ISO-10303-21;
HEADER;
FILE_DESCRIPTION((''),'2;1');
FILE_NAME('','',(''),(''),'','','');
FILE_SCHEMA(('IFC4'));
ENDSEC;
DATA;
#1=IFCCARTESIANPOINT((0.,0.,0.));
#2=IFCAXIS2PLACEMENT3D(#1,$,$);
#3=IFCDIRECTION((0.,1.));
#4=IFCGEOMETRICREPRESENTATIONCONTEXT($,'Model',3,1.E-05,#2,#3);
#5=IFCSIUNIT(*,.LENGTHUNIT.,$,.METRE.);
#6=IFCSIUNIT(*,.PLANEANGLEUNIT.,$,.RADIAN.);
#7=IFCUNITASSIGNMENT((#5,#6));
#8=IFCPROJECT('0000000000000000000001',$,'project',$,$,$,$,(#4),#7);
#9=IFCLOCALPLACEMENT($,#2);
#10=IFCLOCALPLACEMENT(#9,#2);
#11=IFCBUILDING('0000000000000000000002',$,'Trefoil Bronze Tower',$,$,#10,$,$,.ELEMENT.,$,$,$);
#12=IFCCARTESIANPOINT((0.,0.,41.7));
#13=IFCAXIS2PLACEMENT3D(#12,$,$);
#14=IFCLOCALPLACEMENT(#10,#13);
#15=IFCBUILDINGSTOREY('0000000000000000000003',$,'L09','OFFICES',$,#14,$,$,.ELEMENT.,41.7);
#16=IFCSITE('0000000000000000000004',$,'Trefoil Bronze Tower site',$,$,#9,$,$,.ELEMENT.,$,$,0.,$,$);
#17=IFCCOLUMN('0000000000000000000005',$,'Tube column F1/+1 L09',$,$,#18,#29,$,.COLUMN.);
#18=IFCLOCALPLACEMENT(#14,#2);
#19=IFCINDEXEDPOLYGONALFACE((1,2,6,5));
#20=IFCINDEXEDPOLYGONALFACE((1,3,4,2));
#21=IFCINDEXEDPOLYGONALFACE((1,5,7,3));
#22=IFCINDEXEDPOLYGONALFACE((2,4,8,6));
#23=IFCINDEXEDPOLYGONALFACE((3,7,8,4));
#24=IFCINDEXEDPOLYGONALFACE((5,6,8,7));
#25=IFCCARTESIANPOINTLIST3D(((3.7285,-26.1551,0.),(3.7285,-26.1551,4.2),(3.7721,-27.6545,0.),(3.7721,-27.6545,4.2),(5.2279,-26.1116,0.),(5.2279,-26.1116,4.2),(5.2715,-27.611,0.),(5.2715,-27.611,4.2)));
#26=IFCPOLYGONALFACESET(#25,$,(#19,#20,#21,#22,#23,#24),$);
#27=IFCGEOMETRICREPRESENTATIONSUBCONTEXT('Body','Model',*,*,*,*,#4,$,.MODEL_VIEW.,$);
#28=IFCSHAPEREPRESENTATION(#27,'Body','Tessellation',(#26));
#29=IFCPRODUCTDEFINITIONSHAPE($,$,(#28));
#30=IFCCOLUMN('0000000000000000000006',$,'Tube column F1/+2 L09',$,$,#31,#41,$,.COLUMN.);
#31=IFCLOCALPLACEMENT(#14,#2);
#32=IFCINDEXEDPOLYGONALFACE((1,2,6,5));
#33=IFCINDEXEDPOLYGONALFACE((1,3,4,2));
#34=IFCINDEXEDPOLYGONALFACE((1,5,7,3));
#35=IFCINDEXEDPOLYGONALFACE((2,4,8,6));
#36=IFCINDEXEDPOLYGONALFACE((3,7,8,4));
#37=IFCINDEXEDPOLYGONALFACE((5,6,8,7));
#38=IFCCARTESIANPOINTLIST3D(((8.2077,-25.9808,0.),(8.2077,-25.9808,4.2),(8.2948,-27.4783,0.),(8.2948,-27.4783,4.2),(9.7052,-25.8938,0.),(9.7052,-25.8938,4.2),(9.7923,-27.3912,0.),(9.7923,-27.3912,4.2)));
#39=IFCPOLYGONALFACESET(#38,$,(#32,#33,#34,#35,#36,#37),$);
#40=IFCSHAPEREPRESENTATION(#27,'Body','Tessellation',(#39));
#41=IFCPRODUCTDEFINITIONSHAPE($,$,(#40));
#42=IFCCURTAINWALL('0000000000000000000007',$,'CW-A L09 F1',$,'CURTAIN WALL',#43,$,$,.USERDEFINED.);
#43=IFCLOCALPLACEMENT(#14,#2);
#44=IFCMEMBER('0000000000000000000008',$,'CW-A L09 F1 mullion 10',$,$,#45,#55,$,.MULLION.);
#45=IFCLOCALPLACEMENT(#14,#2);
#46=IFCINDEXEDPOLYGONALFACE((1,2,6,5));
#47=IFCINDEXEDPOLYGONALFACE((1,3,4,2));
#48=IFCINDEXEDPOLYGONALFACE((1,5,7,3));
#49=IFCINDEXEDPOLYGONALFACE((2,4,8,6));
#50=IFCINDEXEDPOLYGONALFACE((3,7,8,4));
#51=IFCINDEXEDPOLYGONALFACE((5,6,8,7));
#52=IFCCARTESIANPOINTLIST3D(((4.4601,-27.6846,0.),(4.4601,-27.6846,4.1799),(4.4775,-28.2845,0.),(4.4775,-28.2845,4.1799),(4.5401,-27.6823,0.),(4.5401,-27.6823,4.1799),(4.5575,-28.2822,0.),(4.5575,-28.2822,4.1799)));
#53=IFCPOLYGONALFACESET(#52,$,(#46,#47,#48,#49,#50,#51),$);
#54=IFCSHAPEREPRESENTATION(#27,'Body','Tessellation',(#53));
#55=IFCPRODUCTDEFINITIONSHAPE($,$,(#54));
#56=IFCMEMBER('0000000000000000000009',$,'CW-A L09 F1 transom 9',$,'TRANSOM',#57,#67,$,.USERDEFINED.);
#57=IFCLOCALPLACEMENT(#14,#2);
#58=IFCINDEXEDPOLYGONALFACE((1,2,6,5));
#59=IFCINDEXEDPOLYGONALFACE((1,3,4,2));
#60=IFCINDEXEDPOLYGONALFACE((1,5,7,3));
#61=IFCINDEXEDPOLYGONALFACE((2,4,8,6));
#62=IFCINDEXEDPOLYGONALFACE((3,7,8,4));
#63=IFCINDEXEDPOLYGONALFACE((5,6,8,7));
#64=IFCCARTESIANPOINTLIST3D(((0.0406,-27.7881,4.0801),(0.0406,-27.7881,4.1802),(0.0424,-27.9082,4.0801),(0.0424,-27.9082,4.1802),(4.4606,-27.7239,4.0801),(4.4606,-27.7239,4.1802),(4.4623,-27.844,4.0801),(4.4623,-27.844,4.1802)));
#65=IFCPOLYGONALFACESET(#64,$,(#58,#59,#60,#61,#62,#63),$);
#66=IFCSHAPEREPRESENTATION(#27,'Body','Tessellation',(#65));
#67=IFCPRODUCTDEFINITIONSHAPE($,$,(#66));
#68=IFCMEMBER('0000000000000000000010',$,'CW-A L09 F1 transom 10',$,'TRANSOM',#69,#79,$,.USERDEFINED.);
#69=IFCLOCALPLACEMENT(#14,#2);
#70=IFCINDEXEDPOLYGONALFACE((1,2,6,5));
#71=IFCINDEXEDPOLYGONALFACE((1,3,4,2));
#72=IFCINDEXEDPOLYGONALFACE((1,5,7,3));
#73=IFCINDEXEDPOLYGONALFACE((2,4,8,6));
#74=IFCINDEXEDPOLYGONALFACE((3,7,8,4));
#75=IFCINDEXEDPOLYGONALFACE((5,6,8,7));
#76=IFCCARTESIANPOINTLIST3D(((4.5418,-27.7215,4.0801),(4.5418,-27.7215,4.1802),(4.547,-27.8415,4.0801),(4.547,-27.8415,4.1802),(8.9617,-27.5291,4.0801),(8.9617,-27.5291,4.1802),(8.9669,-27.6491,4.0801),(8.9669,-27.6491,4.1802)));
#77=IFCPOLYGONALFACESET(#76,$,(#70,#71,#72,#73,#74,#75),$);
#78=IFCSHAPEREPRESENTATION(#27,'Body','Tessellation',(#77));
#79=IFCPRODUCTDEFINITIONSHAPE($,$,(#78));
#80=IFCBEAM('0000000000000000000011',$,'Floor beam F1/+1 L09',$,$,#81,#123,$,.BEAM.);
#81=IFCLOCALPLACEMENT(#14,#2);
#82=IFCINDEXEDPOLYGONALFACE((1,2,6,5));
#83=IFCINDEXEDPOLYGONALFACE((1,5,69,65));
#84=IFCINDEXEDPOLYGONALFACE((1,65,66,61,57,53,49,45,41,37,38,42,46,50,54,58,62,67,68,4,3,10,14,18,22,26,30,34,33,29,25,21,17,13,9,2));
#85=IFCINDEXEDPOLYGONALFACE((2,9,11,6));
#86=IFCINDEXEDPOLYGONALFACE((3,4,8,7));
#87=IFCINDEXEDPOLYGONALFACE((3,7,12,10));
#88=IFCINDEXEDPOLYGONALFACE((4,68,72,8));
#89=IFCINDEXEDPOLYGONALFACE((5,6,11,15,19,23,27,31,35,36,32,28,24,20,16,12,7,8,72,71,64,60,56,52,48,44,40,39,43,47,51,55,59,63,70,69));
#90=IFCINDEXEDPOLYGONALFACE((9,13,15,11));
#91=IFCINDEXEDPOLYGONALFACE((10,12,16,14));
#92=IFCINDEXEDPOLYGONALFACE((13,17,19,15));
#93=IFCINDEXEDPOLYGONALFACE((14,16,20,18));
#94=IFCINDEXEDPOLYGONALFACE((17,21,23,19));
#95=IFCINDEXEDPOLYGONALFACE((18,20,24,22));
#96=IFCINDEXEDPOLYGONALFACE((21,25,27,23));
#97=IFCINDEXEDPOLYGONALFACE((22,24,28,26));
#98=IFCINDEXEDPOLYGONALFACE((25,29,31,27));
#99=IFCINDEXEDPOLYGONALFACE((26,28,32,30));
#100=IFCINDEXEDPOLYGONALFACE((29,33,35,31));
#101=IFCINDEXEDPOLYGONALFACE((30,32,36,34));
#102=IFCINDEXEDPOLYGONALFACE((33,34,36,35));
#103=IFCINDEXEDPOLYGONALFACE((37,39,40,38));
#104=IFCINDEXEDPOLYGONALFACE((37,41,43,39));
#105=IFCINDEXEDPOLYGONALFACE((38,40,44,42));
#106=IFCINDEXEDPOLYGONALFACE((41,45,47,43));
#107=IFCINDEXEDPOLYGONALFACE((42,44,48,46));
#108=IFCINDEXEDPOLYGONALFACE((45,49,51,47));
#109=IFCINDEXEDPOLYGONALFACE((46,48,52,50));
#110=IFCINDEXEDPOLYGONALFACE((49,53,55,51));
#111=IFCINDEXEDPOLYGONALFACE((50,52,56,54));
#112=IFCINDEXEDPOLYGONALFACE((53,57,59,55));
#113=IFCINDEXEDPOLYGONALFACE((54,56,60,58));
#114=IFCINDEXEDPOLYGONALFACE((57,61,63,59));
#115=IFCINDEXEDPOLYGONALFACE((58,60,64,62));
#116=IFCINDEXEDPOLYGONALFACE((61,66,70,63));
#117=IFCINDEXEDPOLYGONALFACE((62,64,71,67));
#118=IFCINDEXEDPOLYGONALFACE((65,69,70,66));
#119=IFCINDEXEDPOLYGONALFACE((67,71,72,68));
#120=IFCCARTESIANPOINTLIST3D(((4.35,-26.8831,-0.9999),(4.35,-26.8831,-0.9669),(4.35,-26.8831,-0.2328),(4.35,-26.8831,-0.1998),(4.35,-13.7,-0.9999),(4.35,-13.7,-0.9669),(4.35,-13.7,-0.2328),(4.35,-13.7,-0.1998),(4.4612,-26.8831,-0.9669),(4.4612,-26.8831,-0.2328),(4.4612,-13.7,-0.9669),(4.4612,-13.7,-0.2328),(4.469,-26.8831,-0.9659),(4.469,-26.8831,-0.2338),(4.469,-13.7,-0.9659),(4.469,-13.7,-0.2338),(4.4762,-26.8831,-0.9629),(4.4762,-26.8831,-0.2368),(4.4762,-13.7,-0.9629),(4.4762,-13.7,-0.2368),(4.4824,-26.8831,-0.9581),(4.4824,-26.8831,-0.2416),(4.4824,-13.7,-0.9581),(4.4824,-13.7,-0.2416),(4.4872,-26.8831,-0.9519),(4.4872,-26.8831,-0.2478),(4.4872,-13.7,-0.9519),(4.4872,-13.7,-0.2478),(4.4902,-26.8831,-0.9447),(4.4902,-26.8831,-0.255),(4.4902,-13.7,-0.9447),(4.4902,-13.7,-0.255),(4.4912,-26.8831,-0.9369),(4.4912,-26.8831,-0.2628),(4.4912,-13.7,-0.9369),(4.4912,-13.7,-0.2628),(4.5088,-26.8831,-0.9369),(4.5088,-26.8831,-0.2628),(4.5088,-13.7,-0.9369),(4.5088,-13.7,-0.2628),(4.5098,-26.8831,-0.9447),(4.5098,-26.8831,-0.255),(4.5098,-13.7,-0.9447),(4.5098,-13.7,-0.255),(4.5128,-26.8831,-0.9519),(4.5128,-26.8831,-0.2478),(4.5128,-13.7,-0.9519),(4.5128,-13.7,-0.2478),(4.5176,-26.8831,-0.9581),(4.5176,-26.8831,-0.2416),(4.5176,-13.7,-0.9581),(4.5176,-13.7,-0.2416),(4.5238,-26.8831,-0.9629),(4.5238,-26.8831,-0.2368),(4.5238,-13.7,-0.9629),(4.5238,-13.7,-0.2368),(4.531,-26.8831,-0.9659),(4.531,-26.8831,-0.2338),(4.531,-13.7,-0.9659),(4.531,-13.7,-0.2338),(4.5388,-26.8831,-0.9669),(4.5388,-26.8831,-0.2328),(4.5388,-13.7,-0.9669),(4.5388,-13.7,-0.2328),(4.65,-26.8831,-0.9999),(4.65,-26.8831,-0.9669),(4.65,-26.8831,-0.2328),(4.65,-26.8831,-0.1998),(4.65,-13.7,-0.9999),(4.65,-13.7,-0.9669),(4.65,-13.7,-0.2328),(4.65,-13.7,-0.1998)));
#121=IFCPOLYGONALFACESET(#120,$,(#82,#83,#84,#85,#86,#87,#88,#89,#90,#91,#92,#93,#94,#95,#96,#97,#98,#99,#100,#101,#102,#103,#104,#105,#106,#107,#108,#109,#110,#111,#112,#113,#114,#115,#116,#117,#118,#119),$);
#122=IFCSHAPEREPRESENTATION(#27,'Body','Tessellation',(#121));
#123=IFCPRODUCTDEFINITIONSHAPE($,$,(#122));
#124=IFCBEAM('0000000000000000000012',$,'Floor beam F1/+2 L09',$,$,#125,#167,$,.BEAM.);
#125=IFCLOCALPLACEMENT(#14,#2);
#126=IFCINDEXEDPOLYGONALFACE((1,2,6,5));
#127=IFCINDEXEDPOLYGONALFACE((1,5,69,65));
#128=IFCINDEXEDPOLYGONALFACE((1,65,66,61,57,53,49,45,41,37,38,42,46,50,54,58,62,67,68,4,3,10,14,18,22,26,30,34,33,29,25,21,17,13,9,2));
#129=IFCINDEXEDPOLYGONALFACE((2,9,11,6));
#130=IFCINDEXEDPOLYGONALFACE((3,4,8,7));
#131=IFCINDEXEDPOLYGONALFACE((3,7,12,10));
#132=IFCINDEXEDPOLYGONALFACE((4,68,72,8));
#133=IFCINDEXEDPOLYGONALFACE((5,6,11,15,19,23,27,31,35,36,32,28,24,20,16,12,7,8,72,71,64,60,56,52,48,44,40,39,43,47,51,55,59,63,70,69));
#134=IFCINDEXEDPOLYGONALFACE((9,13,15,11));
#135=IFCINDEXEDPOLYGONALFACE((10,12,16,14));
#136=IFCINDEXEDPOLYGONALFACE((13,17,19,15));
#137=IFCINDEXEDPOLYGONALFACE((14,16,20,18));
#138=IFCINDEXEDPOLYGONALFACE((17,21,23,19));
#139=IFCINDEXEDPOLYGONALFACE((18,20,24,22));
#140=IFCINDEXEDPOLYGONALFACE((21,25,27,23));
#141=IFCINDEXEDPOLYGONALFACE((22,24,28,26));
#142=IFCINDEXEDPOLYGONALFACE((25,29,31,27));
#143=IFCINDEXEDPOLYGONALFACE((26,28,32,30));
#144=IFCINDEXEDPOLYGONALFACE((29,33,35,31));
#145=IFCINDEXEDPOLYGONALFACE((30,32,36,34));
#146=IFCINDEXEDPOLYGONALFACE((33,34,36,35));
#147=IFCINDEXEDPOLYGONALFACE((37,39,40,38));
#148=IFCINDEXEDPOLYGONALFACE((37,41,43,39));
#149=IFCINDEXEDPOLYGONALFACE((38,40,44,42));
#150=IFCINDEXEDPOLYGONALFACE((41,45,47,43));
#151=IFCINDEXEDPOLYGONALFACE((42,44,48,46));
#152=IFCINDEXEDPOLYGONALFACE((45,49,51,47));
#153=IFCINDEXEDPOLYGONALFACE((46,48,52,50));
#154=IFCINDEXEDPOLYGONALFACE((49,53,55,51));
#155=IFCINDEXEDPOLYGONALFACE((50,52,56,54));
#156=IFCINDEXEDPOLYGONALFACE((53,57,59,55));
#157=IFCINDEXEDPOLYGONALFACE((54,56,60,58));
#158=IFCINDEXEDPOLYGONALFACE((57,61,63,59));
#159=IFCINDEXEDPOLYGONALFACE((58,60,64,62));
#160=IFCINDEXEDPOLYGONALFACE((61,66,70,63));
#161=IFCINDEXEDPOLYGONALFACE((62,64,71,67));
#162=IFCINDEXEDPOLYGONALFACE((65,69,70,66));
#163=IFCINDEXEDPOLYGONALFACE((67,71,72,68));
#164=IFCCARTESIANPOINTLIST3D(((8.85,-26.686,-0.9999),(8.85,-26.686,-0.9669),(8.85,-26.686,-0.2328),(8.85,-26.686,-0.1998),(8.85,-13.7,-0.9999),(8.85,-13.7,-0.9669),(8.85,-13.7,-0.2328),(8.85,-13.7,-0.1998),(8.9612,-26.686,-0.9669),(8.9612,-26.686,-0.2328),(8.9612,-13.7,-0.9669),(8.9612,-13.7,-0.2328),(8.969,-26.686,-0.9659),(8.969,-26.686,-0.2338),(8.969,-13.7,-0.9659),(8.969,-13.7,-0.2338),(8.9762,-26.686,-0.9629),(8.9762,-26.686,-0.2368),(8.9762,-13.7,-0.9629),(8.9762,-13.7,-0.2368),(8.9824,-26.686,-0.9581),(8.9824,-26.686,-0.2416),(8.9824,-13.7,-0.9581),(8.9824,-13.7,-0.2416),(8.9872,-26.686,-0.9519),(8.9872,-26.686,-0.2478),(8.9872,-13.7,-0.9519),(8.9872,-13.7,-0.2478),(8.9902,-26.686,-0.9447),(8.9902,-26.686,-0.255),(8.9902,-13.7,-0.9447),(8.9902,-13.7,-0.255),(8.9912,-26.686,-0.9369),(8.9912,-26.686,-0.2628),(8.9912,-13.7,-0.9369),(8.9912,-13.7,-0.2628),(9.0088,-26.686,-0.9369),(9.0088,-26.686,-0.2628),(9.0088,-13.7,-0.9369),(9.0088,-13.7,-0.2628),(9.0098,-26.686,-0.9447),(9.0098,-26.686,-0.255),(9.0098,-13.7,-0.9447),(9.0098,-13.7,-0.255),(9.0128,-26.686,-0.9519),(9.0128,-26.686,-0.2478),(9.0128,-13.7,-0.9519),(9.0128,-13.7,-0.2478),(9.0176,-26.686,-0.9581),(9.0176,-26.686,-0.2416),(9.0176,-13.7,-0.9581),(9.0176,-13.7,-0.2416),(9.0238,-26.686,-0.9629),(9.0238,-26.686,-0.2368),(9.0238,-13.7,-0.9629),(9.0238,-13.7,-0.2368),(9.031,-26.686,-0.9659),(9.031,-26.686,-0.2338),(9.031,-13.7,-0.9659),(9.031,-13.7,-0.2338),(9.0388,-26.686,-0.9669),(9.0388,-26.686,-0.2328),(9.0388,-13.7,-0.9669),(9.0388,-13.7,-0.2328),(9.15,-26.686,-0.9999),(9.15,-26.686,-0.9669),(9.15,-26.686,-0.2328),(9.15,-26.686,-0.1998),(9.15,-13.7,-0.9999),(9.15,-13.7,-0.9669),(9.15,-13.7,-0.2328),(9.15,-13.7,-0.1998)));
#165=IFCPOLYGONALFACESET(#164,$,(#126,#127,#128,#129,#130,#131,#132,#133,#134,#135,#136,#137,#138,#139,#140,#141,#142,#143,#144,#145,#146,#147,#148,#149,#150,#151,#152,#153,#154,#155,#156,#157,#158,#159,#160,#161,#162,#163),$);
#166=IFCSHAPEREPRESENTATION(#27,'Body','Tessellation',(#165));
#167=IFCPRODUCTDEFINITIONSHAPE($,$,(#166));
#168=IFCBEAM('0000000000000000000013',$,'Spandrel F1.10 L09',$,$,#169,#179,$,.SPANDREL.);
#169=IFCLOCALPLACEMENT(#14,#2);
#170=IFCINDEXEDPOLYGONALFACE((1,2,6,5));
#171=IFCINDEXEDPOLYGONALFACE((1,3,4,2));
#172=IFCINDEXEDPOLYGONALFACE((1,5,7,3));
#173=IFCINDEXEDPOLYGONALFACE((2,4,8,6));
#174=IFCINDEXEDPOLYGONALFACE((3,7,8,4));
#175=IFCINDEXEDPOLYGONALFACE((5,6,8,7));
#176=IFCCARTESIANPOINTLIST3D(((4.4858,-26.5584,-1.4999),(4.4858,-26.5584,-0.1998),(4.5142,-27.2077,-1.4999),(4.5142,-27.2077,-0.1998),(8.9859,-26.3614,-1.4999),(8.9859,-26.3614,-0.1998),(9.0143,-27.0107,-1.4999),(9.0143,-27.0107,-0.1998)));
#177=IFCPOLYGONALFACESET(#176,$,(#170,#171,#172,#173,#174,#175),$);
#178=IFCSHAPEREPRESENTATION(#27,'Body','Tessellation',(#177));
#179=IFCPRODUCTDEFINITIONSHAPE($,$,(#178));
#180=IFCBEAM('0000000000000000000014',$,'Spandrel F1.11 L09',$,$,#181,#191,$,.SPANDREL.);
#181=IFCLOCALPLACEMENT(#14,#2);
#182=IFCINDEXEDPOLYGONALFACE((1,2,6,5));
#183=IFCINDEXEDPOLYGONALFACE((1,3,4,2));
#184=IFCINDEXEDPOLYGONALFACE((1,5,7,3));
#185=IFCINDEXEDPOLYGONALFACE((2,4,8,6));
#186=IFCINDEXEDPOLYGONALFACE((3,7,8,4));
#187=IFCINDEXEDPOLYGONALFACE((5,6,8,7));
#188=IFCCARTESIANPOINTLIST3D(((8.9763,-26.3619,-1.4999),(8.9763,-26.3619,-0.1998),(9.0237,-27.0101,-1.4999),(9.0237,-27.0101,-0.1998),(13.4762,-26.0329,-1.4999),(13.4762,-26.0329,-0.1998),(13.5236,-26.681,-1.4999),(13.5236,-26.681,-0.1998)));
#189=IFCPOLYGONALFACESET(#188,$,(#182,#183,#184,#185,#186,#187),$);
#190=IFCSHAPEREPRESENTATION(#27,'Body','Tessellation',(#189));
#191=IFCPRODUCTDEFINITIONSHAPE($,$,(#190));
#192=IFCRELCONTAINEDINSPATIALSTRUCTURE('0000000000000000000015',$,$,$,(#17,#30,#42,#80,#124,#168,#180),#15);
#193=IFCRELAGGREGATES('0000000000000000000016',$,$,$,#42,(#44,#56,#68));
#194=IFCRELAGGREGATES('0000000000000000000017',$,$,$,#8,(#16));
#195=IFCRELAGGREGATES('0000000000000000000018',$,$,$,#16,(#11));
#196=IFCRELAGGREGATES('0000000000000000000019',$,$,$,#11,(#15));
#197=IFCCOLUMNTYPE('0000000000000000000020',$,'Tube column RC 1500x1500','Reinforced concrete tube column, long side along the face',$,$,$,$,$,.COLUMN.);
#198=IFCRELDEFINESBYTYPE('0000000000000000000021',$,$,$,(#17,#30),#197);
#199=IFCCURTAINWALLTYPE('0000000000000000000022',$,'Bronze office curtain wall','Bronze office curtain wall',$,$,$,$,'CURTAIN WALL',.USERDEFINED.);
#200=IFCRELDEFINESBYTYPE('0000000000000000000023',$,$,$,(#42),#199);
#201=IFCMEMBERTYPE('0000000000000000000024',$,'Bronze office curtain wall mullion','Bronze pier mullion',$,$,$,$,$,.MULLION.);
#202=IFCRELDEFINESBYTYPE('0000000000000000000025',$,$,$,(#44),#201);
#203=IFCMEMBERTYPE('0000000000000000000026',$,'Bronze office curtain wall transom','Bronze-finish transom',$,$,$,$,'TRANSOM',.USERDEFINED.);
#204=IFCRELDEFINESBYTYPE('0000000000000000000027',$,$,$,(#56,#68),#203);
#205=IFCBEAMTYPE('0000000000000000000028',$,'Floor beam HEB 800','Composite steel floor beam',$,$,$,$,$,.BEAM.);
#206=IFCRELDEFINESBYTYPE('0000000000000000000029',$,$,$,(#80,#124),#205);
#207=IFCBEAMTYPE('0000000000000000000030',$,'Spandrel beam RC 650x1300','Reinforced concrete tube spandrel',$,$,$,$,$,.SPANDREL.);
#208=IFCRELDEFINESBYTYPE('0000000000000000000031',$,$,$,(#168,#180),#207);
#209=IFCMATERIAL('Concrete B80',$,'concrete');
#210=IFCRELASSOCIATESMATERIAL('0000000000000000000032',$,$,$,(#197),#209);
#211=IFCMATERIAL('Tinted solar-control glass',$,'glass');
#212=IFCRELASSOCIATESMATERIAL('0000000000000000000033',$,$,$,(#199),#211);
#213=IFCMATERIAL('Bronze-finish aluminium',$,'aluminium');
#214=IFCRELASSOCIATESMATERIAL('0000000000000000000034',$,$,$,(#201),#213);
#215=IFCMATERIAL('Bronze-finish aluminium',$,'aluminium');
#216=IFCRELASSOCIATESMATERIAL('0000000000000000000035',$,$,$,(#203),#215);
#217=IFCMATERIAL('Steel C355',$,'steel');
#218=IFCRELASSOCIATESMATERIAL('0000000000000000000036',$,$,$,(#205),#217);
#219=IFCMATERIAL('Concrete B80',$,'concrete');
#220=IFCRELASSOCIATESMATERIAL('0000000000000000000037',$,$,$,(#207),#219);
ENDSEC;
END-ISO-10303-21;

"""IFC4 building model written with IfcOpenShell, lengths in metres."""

from ifc_helpers import new_model, si_unit, direction, frame, origin, origin_2d, place, context, subcontext, project, spatial, rectangle, i_section, extrude, material, material_profile, profile_set, type_object, element, aggregate, save


model = new_model("IFC4")

# Units and contexts
model_context = context("Model", 3, precision=1e-05, world=origin(), true_north=direction((0.0, 1.0)))
body_context = subcontext(model_context, "Body", "Model", "MODEL_VIEW")
ifc_project = project(units=[si_unit("LENGTHUNIT", "METRE"), si_unit("PLANEANGLEUNIT", "RADIAN")], contexts=[model_context])

# Site, building, storey
site_placement = place(None, origin())
site = spatial("IfcSite", under=ifc_project, at=site_placement, Name="Trefoil Bronze Tower site", CompositionType="ELEMENT", RefElevation=0.0)
building_placement = place(site_placement, origin())
building = spatial("IfcBuilding", under=site, at=building_placement, Name="Trefoil Bronze Tower", CompositionType="ELEMENT")
storey_placement = place(building_placement, frame((0.0, 0.0, 41.7)))
storey = spatial("IfcBuildingStorey", under=building, at=storey_placement, Name="L09", Description="OFFICES", CompositionType="ELEMENT", Elevation=41.7)

# Columns
ifc_material_1 = material(Name="Concrete B80", Category="concrete")
ifc_material_profile_1 = material_profile(ifc_material_1, rectangle(XDim=1.5, YDim=1.5, at=origin_2d()), Name="RC 1500x1500")
ifc_profile_set_1 = profile_set([ifc_material_profile_1], Name="Concrete B80")
column_type = type_object("IfcColumnType", Name="Tube column RC 1500x1500", Description="Reinforced concrete tube column, long side along the face", PredefinedType="COLUMN", material=ifc_profile_set_1)
for number, where, z_axis, x_axis, name in (
    (1, (4.5, -26.8831, 0.0), (0.0, 0.0, 1.0), (0.999579, 0.029022, 0.0), "Tube column F1/+1 L09"),
    (2, (9.0, -26.686, 0.0), (0.0, 0.0, 1.0), (0.998314, 0.058043, 0.0), "Tube column F1/+2 L09"),
):
    element("IfcColumn", number, at=place(storey_placement, frame(where, z_axis=z_axis, x_axis=x_axis)), inside=storey, type_object=column_type, Name=name, PredefinedType="COLUMN", context=body_context, shape_type="SweptSolid", body=[
        extrude(rectangle(XDim=1.5, YDim=1.5, at=origin_2d()), origin(), (0.0, 0.0, 1.0), 4.2),
    ])

# Curtain wall, members
ifc_material_2 = material(Name="Tinted solar-control glass", Category="glass")
curtain_wall_type = type_object("IfcCurtainWallType", Name="Bronze office curtain wall", Description="Bronze office curtain wall", ElementType="CURTAIN WALL", PredefinedType="USERDEFINED", material=ifc_material_2)
curtain_wall_placement = place(storey_placement, origin())
curtain_wall = element("IfcCurtainWall", 3, at=curtain_wall_placement, inside=storey, type_object=curtain_wall_type, Name="CW-A L09 F1", ObjectType="CURTAIN WALL", PredefinedType="USERDEFINED")
ifc_material_3 = material(Name="Bronze-finish aluminium", Category="aluminium")
ifc_material_profile_2 = material_profile(ifc_material_3, rectangle(XDim=0.6001, YDim=0.0801, at=origin_2d()), Name="CW-A mullion")
ifc_profile_set_2 = profile_set([ifc_material_profile_2], Name="Bronze-finish aluminium")
member_type_1 = type_object("IfcMemberType", Name="Bronze office curtain wall mullion", Description="Bronze pier mullion", PredefinedType="MULLION", material=ifc_profile_set_2)
member_1_placement = place(storey_placement, frame((4.5088, -27.9834, 0.0), z_axis=(0.0, 0.0, 1.0), x_axis=(-0.029022, 0.999579, 0.0)))
member_1 = element("IfcMember", 4, at=member_1_placement, type_object=member_type_1, Name="CW-A L09 F1 mullion 10", PredefinedType="MULLION", context=body_context, shape_type="SweptSolid", body=[
    extrude(rectangle(XDim=0.6001, YDim=0.0801, at=origin_2d()), origin(), (0.0, 0.0, 1.0), 4.1799),
])
ifc_material_4 = material(Name="Bronze-finish aluminium", Category="aluminium")
ifc_material_profile_3 = material_profile(ifc_material_4, rectangle(XDim=0.1201, YDim=0.1001, at=origin_2d()), Name="CW-A transom")
ifc_profile_set_3 = profile_set([ifc_material_profile_3], Name="Bronze-finish aluminium")
member_type_2 = type_object("IfcMemberType", Name="Bronze office curtain wall transom", Description="Bronze-finish transom", ElementType="TRANSOM", PredefinedType="USERDEFINED", material=ifc_profile_set_3)
member_2_placement = place(storey_placement, frame((0.0415, -27.8481, 4.1301), z_axis=(0.999894, 0.014526, 0.0), x_axis=(-0.014526, 0.999894, 0.0)))
member_2 = element("IfcMember", 5, at=member_2_placement, type_object=member_type_2, Name="CW-A L09 F1 transom 9", ObjectType="TRANSOM", PredefinedType="USERDEFINED", context=body_context, shape_type="SweptSolid", body=[
    extrude(rectangle(XDim=0.1201, YDim=0.1001, at=origin_2d()), origin(), (0.0, 0.0, 1.0), 4.4204),
])
member_3_placement = place(storey_placement, frame((4.5444, -27.7815, 4.1301), z_axis=(0.999054, 0.043485, 0.0), x_axis=(-0.043485, 0.999054, 0.0)))
member_3 = element("IfcMember", 6, at=member_3_placement, type_object=member_type_2, Name="CW-A L09 F1 transom 10", ObjectType="TRANSOM", PredefinedType="USERDEFINED", context=body_context, shape_type="SweptSolid", body=[
    extrude(rectangle(XDim=0.1201, YDim=0.1001, at=origin_2d()), origin(), (0.0, 0.0, 1.0), 4.4241),
])

# Beams
ifc_material_5 = material(Name="Steel C355", Category="steel")
ifc_material_profile_4 = material_profile(ifc_material_5, i_section(OverallWidth=0.3, OverallDepth=0.8, WebThickness=0.0176, FlangeThickness=0.033, FilletRadius=0.03, at=origin_2d()), Name="HEB 800")
ifc_profile_set_4 = profile_set([ifc_material_profile_4], Name="Steel C355")
beam_type_1 = type_object("IfcBeamType", Name="Floor beam HEB 800", Description="Composite steel floor beam", PredefinedType="BEAM", material=ifc_profile_set_4)
beam_1_placement = place(storey_placement, frame((4.5, -26.8831, -0.5999), z_axis=(0.0, 1.0, 0.0), x_axis=(-1.0, 0.0, 0.0)))
element("IfcBeam", 7, at=beam_1_placement, inside=storey, type_object=beam_type_1, Name="Floor beam F1/+1 L09", PredefinedType="BEAM", context=body_context, shape_type="SweptSolid", body=[
    extrude(i_section(OverallWidth=0.3, OverallDepth=0.8, WebThickness=0.0176, FlangeThickness=0.033, FilletRadius=0.03, at=origin_2d()), origin(), (0.0, 0.0, 1.0), 13.1831),
])
beam_2_placement = place(storey_placement, frame((9.0, -26.686, -0.5999), z_axis=(0.0, 1.0, 0.0), x_axis=(-1.0, 0.0, 0.0)))
element("IfcBeam", 8, at=beam_2_placement, inside=storey, type_object=beam_type_1, Name="Floor beam F1/+2 L09", PredefinedType="BEAM", context=body_context, shape_type="SweptSolid", body=[
    extrude(i_section(OverallWidth=0.3, OverallDepth=0.8, WebThickness=0.0176, FlangeThickness=0.033, FilletRadius=0.03, at=origin_2d()), origin(), (0.0, 0.0, 1.0), 12.9861),
])
ifc_material_6 = material(Name="Concrete B80", Category="concrete")
ifc_material_profile_5 = material_profile(ifc_material_6, rectangle(XDim=0.6499, YDim=1.3, at=origin_2d()), Name="RC 650x1300")
ifc_profile_set_5 = profile_set([ifc_material_profile_5], Name="Concrete B80")
beam_type_2 = type_object("IfcBeamType", Name="Spandrel beam RC 650x1300", Description="Reinforced concrete tube spandrel", PredefinedType="SPANDREL", material=ifc_profile_set_5)
beam_3_placement = place(storey_placement, frame((4.5, -26.8831, -0.8499), z_axis=(0.999043, 0.043741, 0.0), x_axis=(-0.043741, 0.999043, 0.0)))
element("IfcBeam", 9, at=beam_3_placement, inside=storey, type_object=beam_type_2, Name="Spandrel F1.10 L09", PredefinedType="SPANDREL", context=body_context, shape_type="SweptSolid", body=[
    extrude(rectangle(XDim=0.6499, YDim=1.3, at=origin_2d()), origin(), (0.0, 0.0, 1.0), 4.5044),
])
beam_4_placement = place(storey_placement, frame((9.0, -26.686, -0.8499), z_axis=(0.997336, 0.072939, 0.0), x_axis=(-0.072939, 0.997336, 0.0)))
element("IfcBeam", 10, at=beam_4_placement, inside=storey, type_object=beam_type_2, Name="Spandrel F1.11 L09", PredefinedType="SPANDREL", context=body_context, shape_type="SweptSolid", body=[
    extrude(rectangle(XDim=0.6499, YDim=1.3, at=origin_2d()), origin(), (0.0, 0.0, 1.0), 4.512),
])

aggregate(curtain_wall, [member_1, member_2, member_3])

save(model, "model.ifc")
